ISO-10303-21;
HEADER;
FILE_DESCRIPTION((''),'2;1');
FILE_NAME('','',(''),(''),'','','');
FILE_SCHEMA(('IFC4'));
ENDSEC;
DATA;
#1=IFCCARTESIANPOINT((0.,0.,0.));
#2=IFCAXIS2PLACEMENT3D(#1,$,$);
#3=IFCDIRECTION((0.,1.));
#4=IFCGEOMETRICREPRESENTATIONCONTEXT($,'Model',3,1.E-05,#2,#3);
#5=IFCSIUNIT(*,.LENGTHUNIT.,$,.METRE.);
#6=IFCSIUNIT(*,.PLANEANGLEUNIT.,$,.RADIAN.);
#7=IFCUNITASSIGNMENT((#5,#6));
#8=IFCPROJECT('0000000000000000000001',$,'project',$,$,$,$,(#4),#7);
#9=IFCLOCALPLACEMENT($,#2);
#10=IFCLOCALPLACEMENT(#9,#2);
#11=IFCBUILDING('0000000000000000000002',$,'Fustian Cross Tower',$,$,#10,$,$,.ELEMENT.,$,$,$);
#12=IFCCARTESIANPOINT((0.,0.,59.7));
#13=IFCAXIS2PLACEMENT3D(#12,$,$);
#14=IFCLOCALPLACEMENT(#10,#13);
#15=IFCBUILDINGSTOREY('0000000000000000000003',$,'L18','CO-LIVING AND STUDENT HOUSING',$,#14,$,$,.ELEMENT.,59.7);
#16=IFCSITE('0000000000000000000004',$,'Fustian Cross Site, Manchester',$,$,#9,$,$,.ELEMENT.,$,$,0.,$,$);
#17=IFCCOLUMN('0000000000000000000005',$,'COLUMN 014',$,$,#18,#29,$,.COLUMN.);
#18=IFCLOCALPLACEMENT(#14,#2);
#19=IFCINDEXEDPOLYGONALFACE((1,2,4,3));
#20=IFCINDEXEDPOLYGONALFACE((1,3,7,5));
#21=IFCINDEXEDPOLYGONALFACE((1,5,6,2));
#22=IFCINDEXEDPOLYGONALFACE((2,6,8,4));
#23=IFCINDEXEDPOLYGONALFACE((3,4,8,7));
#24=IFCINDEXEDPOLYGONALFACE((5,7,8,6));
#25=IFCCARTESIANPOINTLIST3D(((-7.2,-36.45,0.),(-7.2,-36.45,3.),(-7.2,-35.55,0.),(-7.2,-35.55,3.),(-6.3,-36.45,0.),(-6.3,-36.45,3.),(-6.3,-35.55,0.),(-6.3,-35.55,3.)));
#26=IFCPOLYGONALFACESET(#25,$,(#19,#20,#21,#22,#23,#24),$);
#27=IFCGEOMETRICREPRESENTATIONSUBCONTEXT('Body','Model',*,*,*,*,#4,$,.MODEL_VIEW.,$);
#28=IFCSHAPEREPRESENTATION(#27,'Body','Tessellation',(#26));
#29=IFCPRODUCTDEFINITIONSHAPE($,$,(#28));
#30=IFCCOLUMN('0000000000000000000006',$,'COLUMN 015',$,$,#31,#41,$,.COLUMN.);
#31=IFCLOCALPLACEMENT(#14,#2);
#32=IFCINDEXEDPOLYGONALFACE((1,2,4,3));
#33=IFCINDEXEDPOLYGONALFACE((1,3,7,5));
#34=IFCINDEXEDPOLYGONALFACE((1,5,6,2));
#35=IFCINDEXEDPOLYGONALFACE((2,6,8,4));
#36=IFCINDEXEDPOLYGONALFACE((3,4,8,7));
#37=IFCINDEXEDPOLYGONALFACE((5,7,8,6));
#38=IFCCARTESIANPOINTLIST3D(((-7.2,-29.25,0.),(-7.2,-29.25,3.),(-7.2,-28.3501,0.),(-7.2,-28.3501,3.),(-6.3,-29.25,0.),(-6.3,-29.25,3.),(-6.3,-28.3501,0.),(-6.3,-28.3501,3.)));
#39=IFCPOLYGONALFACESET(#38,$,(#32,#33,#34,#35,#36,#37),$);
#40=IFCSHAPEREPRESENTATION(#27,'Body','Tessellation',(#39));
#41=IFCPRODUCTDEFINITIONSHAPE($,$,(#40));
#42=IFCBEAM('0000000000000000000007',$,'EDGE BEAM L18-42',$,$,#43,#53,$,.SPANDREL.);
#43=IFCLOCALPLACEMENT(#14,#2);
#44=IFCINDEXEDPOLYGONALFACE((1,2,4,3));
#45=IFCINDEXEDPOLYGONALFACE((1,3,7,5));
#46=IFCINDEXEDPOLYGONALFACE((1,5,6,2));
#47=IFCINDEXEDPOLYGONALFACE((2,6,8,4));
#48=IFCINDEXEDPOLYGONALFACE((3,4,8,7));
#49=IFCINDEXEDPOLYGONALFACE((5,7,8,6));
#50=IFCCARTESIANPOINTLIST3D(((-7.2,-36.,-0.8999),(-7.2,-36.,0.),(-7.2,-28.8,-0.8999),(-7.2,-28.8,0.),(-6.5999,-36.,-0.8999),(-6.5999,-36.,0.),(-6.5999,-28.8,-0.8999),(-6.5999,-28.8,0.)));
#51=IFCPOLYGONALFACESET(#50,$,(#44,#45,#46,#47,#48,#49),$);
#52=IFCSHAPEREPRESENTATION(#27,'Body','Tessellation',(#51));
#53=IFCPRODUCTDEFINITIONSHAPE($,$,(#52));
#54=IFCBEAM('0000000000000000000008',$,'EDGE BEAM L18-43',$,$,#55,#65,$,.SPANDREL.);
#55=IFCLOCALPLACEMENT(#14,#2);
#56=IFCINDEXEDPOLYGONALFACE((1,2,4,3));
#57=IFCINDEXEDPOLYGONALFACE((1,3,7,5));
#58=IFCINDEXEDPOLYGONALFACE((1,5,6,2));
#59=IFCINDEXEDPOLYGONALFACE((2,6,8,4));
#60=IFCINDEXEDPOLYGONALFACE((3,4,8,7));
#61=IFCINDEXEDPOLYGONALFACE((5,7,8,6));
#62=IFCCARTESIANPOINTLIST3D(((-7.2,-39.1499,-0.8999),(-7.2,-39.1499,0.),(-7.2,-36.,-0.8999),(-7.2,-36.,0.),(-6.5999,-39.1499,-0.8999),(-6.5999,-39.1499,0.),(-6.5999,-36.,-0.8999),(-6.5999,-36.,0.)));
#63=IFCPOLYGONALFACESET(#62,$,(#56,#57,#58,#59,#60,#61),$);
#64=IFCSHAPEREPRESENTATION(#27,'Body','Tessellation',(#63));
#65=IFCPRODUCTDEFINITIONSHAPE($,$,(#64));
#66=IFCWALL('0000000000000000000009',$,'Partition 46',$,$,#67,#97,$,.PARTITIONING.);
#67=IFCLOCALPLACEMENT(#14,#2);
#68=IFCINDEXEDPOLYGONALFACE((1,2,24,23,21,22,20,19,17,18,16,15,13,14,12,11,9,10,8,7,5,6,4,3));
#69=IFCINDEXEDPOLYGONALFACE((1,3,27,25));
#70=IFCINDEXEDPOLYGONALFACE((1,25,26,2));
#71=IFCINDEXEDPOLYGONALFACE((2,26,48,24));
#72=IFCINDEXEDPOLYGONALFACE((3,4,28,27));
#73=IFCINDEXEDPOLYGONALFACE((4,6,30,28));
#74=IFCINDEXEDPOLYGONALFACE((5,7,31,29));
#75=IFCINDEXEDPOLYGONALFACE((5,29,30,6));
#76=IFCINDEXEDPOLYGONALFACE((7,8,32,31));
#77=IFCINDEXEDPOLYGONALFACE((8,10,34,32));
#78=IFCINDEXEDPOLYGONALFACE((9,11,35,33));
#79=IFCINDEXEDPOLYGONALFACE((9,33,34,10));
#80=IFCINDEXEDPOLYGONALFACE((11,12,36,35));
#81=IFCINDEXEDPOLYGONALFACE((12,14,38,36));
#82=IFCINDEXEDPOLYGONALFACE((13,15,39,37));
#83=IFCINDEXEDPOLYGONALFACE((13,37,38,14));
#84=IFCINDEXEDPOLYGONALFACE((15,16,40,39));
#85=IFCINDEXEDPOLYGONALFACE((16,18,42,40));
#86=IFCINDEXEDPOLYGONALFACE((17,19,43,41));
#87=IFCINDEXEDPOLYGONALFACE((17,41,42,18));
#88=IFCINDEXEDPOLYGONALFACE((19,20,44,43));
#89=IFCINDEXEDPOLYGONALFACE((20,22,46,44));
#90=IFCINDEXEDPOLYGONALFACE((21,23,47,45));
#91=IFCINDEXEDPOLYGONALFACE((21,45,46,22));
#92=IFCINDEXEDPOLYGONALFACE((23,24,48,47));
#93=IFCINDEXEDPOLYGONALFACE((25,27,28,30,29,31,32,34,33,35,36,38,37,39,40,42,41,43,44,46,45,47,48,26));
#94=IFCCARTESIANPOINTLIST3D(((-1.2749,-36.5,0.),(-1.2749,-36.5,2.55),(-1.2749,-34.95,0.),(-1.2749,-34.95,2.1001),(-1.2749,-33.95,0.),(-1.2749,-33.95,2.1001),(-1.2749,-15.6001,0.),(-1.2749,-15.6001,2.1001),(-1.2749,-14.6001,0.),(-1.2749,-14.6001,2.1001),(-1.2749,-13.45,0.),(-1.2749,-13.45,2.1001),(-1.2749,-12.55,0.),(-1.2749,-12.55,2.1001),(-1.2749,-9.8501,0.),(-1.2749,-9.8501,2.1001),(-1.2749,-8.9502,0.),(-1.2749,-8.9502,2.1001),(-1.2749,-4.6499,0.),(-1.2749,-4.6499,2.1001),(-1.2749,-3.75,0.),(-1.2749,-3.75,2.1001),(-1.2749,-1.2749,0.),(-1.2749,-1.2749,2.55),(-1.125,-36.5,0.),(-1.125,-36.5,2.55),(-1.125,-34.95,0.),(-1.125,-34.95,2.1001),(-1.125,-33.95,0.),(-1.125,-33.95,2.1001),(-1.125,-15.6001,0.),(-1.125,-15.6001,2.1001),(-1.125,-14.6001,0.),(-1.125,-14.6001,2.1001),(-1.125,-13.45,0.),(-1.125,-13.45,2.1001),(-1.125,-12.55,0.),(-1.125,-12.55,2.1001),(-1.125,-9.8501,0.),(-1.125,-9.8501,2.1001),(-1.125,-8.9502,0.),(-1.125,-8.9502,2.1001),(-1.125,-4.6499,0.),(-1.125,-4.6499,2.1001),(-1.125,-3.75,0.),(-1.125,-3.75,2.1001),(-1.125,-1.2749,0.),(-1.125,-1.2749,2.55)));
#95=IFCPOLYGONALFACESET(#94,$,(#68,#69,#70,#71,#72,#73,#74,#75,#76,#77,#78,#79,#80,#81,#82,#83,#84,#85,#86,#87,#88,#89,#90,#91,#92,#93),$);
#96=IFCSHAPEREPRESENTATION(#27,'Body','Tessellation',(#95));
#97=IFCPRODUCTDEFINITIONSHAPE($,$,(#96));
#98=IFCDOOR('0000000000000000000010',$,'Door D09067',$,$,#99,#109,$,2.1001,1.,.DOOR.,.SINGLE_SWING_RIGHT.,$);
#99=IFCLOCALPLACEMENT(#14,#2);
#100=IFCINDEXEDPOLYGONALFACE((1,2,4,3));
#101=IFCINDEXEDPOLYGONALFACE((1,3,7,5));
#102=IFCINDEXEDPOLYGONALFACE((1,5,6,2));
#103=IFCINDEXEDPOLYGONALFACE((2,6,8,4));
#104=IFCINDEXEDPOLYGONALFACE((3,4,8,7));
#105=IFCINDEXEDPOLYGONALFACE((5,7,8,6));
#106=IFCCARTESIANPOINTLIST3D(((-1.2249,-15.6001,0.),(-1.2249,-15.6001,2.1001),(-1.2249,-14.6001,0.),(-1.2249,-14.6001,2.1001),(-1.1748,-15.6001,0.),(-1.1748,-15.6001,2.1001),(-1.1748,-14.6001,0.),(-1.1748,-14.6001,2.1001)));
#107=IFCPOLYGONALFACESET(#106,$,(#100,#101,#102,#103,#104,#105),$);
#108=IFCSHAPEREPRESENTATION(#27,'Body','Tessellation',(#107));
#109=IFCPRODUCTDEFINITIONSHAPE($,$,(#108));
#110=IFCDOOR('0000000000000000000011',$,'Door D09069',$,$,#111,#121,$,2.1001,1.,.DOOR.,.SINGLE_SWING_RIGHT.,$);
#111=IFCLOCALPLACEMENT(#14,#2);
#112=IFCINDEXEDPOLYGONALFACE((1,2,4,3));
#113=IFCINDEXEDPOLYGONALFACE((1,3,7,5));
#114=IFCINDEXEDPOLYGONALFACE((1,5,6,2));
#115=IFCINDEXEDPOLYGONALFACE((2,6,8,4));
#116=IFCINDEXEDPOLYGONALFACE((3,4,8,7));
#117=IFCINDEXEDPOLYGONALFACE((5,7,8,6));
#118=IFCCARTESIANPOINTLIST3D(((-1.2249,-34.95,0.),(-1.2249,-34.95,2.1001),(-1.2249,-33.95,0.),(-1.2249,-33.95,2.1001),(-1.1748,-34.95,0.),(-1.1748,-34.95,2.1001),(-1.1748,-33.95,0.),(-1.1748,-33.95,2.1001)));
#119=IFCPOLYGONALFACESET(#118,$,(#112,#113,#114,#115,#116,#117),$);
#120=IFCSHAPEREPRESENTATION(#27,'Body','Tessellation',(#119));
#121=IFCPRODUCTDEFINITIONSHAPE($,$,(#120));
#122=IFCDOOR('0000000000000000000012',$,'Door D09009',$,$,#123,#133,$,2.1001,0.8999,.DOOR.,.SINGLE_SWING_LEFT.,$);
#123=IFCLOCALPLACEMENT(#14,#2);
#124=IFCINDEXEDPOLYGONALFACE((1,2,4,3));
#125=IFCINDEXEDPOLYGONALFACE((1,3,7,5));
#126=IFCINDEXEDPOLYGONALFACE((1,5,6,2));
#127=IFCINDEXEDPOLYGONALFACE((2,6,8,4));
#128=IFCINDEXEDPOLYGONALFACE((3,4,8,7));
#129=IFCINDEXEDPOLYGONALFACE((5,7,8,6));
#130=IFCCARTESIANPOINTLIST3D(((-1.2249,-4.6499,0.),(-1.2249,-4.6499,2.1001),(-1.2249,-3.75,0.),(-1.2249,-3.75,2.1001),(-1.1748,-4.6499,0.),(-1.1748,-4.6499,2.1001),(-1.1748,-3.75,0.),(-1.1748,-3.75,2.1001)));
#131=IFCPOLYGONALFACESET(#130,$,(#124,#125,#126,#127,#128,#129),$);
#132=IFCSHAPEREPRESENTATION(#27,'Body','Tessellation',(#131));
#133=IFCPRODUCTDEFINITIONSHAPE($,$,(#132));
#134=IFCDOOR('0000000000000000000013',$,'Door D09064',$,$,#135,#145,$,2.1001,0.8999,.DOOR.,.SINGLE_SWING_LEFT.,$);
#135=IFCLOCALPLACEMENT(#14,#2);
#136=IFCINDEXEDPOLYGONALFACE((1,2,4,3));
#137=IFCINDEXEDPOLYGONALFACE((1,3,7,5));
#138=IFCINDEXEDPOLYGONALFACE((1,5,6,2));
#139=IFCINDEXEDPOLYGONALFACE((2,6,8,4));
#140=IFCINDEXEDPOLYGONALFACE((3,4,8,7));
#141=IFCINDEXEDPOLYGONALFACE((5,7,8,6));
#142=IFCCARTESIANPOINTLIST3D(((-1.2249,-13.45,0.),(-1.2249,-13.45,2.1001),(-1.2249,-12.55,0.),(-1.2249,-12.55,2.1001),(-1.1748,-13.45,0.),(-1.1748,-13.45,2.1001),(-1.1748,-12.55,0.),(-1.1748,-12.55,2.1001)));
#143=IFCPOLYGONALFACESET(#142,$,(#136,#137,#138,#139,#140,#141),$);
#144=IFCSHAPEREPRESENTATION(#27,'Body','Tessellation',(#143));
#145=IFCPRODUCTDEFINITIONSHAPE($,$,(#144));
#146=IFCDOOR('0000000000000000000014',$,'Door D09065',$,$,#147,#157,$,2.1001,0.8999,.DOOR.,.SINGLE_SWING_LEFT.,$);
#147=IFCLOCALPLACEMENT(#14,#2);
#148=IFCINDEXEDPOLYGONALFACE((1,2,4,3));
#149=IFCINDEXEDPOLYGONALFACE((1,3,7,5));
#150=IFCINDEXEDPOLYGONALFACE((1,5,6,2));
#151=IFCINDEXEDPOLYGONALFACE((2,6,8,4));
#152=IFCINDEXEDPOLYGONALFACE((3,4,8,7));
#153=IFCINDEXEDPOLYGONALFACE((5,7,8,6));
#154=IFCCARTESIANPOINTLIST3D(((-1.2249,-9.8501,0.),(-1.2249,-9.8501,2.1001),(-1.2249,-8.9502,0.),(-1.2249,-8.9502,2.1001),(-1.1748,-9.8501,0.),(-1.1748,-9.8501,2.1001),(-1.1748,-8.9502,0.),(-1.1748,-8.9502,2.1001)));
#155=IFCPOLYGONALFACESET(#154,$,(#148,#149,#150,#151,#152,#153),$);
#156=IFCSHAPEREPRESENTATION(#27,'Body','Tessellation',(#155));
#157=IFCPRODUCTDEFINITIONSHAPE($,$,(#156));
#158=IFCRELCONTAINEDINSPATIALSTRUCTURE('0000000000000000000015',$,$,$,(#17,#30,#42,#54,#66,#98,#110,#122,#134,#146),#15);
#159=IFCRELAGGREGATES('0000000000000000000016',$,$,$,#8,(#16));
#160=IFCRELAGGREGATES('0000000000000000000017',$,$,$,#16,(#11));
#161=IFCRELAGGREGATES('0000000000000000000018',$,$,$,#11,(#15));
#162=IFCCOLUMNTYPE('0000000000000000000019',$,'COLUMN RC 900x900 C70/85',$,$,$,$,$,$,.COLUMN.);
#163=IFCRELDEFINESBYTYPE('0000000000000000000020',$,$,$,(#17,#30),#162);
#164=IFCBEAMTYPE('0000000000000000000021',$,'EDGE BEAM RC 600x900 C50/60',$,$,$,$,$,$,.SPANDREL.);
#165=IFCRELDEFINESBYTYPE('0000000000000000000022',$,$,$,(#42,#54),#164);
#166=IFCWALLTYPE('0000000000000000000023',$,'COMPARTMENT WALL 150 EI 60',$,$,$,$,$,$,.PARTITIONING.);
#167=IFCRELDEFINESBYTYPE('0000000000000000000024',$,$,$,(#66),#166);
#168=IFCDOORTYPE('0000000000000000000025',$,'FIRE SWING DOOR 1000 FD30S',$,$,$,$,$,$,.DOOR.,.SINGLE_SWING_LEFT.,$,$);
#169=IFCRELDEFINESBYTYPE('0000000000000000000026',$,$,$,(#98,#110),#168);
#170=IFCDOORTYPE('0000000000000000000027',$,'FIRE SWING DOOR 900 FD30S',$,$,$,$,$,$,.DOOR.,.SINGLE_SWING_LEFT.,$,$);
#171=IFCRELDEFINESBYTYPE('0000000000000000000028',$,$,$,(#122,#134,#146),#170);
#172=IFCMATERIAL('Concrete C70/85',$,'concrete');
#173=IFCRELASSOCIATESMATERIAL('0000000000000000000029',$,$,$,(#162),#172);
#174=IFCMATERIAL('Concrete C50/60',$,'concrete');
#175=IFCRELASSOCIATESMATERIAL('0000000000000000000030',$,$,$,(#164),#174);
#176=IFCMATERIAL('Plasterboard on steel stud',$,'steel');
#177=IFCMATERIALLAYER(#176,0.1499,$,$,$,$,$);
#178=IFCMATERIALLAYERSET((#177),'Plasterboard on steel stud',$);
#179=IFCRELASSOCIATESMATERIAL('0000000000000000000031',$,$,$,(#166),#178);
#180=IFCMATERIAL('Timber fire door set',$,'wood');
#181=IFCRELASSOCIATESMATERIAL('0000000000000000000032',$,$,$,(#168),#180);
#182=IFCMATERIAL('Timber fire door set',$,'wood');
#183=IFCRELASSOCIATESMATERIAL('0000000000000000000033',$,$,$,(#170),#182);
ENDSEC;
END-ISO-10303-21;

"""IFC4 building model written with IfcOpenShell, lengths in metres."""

from ifc_helpers import new_model, si_unit, direction, frame, frame_2d, origin, origin_2d, place, context, subcontext, project, spatial, rectangle, extrude, material, layer, layer_set, material_profile, profile_set, type_object, element, fill, save


model = new_model("IFC4")

# Units and contexts
model_context = context("Model", 3, precision=1e-05, world=origin(), true_north=direction((0.0, 1.0)))
body_context = subcontext(model_context, "Body", "Model", "MODEL_VIEW")
ifc_project = project(units=[si_unit("LENGTHUNIT", "METRE"), si_unit("PLANEANGLEUNIT", "RADIAN")], contexts=[model_context])

# Site, building, storey
site_placement = place(None, origin())
site = spatial("IfcSite", under=ifc_project, at=site_placement, Name="Fustian Cross Site, Manchester", CompositionType="ELEMENT", RefElevation=0.0)
building_placement = place(site_placement, origin())
building = spatial("IfcBuilding", under=site, at=building_placement, Name="Fustian Cross Tower", CompositionType="ELEMENT")
storey_placement = place(building_placement, frame((0.0, 0.0, 59.7)))
storey = spatial("IfcBuildingStorey", under=building, at=storey_placement, Name="L18", Description="CO-LIVING AND STUDENT HOUSING", CompositionType="ELEMENT", Elevation=59.7)

# Columns
ifc_material_1 = material(Name="Concrete C70/85", Category="concrete")
ifc_material_profile_1 = material_profile(ifc_material_1, rectangle(XDim=0.8999, YDim=0.8999, at=origin_2d()), Name="RC 900x900")
ifc_profile_set_1 = profile_set([ifc_material_profile_1], Name="Concrete C70/85")
column_type = type_object("IfcColumnType", Name="COLUMN RC 900x900 C70/85", PredefinedType="COLUMN", material=ifc_profile_set_1)
for number, where, z_axis, x_axis, name in (
    (1, (-6.75, -36.0, 0.0), (0.0, 0.0, 1.0), (1.0, 0.0, 0.0), "COLUMN 014"),
    (2, (-6.75, -28.8, 0.0), (0.0, 0.0, 1.0), (1.0, 0.0, 0.0), "COLUMN 015"),
):
    element("IfcColumn", number, at=place(storey_placement, frame(where, z_axis=z_axis, x_axis=x_axis)), inside=storey, type_object=column_type, Name=name, PredefinedType="COLUMN", context=body_context, shape_type="SweptSolid", body=[
        extrude(rectangle(XDim=0.8999, YDim=0.8999, at=origin_2d()), origin(), (0.0, 0.0, 1.0), 3.0),
    ])

# Beams
ifc_material_2 = material(Name="Concrete C50/60", Category="concrete")
ifc_material_profile_2 = material_profile(ifc_material_2, rectangle(XDim=0.6001, YDim=0.8999, at=origin_2d()), Name="RC 600x900")
ifc_profile_set_2 = profile_set([ifc_material_profile_2], Name="Concrete C50/60")
beam_type = type_object("IfcBeamType", Name="EDGE BEAM RC 600x900 C50/60", PredefinedType="SPANDREL", material=ifc_profile_set_2)
beam_1_placement = place(storey_placement, frame((-6.8999, -28.8, -0.45), z_axis=(0.0, -1.0, 0.0), x_axis=(1.0, 0.0, 0.0)))
element("IfcBeam", 3, at=beam_1_placement, inside=storey, type_object=beam_type, Name="EDGE BEAM L18-42", PredefinedType="SPANDREL", context=body_context, shape_type="SweptSolid", body=[
    extrude(rectangle(XDim=0.6001, YDim=0.8999, at=origin_2d()), origin(), (0.0, 0.0, 1.0), 7.2),
])
beam_2_placement = place(storey_placement, frame((-6.8999, -36.0, -0.45), z_axis=(0.0, -1.0, 0.0), x_axis=(1.0, 0.0, 0.0)))
element("IfcBeam", 4, at=beam_2_placement, inside=storey, type_object=beam_type, Name="EDGE BEAM L18-43", PredefinedType="SPANDREL", context=body_context, shape_type="SweptSolid", body=[
    extrude(rectangle(XDim=0.6001, YDim=0.8999, at=origin_2d()), origin(), (0.0, 0.0, 1.0), 3.1499),
])

# Wall, openings, doors
ifc_material_3 = material(Name="Plasterboard on steel stud", Category="steel")
ifc_layer_1 = layer(ifc_material_3, 0.1499)
ifc_layer_set_1 = layer_set([ifc_layer_1], Name="Plasterboard on steel stud")
wall_type_1 = type_object("IfcWallType", Name="COMPARTMENT WALL 150 EI 60", PredefinedType="PARTITIONING", material=ifc_layer_set_1)
wall_1_placement = place(storey_placement, frame((-1.2, -36.5, 0.0), z_axis=(0.0, 0.0, 1.0), x_axis=(0.0, 1.0, 0.0)))
wall_1 = element("IfcWall", 5, at=wall_1_placement, inside=storey, type_object=wall_type_1, Name="Partition 46", PredefinedType="PARTITIONING", context=body_context, shape_type="SweptSolid", body=[
    extrude(rectangle(XDim=35.2251, YDim=0.1499, at=frame_2d((17.6125, 0.0))), origin(), (0.0, 0.0, 1.0), 2.55),
])
opening_1_placement = place(wall_1_placement, frame((31.8501, 0.0, 0.0)))
opening_1 = element("IfcOpeningElement", 6, at=opening_1_placement, cuts=wall_1, PredefinedType="OPENING", context=body_context, shape_type="SweptSolid", body=[
    extrude(rectangle(XDim=0.8999, YDim=2.1001, at=frame_2d((0.45, 1.05))), frame((0.0, 0.085, 0.0), z_axis=(0.0, -1.0, 0.0), x_axis=(1.0, 0.0, 0.0)), (0.0, 0.0, 1.0), 0.1699),
])
opening_2_placement = place(wall_1_placement, frame((23.05, 0.0, 0.0)))
opening_2 = element("IfcOpeningElement", 7, at=opening_2_placement, cuts=wall_1, PredefinedType="OPENING", context=body_context, shape_type="SweptSolid", body=[
    extrude(rectangle(XDim=0.8999, YDim=2.1001, at=frame_2d((0.45, 1.05))), frame((0.0, 0.085, 0.0), z_axis=(0.0, -1.0, 0.0), x_axis=(1.0, 0.0, 0.0)), (0.0, 0.0, 1.0), 0.1699),
])
opening_3_placement = place(wall_1_placement, frame((26.6499, 0.0, 0.0)))
opening_3 = element("IfcOpeningElement", 8, at=opening_3_placement, cuts=wall_1, PredefinedType="OPENING", context=body_context, shape_type="SweptSolid", body=[
    extrude(rectangle(XDim=0.8999, YDim=2.1001, at=frame_2d((0.45, 1.05))), frame((0.0, 0.085, 0.0), z_axis=(0.0, -1.0, 0.0), x_axis=(1.0, 0.0, 0.0)), (0.0, 0.0, 1.0), 0.1699),
])
opening_4_placement = place(wall_1_placement, frame((20.8999, 0.0, 0.0)))
opening_4 = element("IfcOpeningElement", 9, at=opening_4_placement, cuts=wall_1, PredefinedType="OPENING", context=body_context, shape_type="SweptSolid", body=[
    extrude(rectangle(XDim=1.0, YDim=2.1001, at=frame_2d((0.5, 1.05))), frame((0.0, 0.085, 0.0), z_axis=(0.0, -1.0, 0.0), x_axis=(1.0, 0.0, 0.0)), (0.0, 0.0, 1.0), 0.1699),
])
opening_5_placement = place(wall_1_placement, frame((1.55, 0.0, 0.0)))
opening_5 = element("IfcOpeningElement", 10, at=opening_5_placement, cuts=wall_1, PredefinedType="OPENING", context=body_context, shape_type="SweptSolid", body=[
    extrude(rectangle(XDim=1.0, YDim=2.1001, at=frame_2d((0.5, 1.05))), frame((0.0, 0.085, 0.0), z_axis=(0.0, -1.0, 0.0), x_axis=(1.0, 0.0, 0.0)), (0.0, 0.0, 1.0), 0.1699),
])
ifc_material_4 = material(Name="Timber fire door set", Category="wood")
door_type_1 = type_object("IfcDoorType", Name="FIRE SWING DOOR 1000 FD30S", OperationType="SINGLE_SWING_LEFT", PredefinedType="DOOR", material=ifc_material_4)
door_1_placement = place(opening_4_placement, origin())
door_1 = element("IfcDoor", 11, at=door_1_placement, inside=storey, type_object=door_type_1, Name="Door D09067", OperationType="SINGLE_SWING_RIGHT", OverallHeight=2.1001, OverallWidth=1.0, PredefinedType="DOOR", context=body_context, shape_type="SweptSolid", body=[
    extrude(rectangle(XDim=1.0, YDim=2.1001, at=frame_2d((0.5, 1.05))), frame((0.0, 0.0249, 0.0), z_axis=(0.0, -1.0, 0.0), x_axis=(1.0, 0.0, 0.0)), (0.0, 0.0, 1.0), 0.05),
])
fill(opening_4, door_1)
door_2_placement = place(opening_5_placement, origin())
door_2 = element("IfcDoor", 12, at=door_2_placement, inside=storey, type_object=door_type_1, Name="Door D09069", OperationType="SINGLE_SWING_RIGHT", OverallHeight=2.1001, OverallWidth=1.0, PredefinedType="DOOR", context=body_context, shape_type="SweptSolid", body=[
    extrude(rectangle(XDim=1.0, YDim=2.1001, at=frame_2d((0.5, 1.05))), frame((0.0, 0.0249, 0.0), z_axis=(0.0, -1.0, 0.0), x_axis=(1.0, 0.0, 0.0)), (0.0, 0.0, 1.0), 0.05),
])
fill(opening_5, door_2)
ifc_material_5 = material(Name="Timber fire door set", Category="wood")
door_type_2 = type_object("IfcDoorType", Name="FIRE SWING DOOR 900 FD30S", OperationType="SINGLE_SWING_LEFT", PredefinedType="DOOR", material=ifc_material_5)
door_3_placement = place(opening_1_placement, origin())
door_3 = element("IfcDoor", 13, at=door_3_placement, inside=storey, type_object=door_type_2, Name="Door D09009", OperationType="SINGLE_SWING_LEFT", OverallHeight=2.1001, OverallWidth=0.8999, PredefinedType="DOOR", context=body_context, shape_type="SweptSolid", body=[
    extrude(rectangle(XDim=0.8999, YDim=2.1001, at=frame_2d((0.45, 1.05))), frame((0.0, 0.0249, 0.0), z_axis=(0.0, -1.0, 0.0), x_axis=(1.0, 0.0, 0.0)), (0.0, 0.0, 1.0), 0.05),
])
fill(opening_1, door_3)
door_4_placement = place(opening_2_placement, origin())
door_4 = element("IfcDoor", 14, at=door_4_placement, inside=storey, type_object=door_type_2, Name="Door D09064", OperationType="SINGLE_SWING_LEFT", OverallHeight=2.1001, OverallWidth=0.8999, PredefinedType="DOOR", context=body_context, shape_type="SweptSolid", body=[
    extrude(rectangle(XDim=0.8999, YDim=2.1001, at=frame_2d((0.45, 1.05))), frame((0.0, 0.0249, 0.0), z_axis=(0.0, -1.0, 0.0), x_axis=(1.0, 0.0, 0.0)), (0.0, 0.0, 1.0), 0.05),
])
fill(opening_2, door_4)
door_5_placement = place(opening_3_placement, origin())
door_5 = element("IfcDoor", 15, at=door_5_placement, inside=storey, type_object=door_type_2, Name="Door D09065", OperationType="SINGLE_SWING_LEFT", OverallHeight=2.1001, OverallWidth=0.8999, PredefinedType="DOOR", context=body_context, shape_type="SweptSolid", body=[
    extrude(rectangle(XDim=0.8999, YDim=2.1001, at=frame_2d((0.45, 1.05))), frame((0.0, 0.0249, 0.0), z_axis=(0.0, -1.0, 0.0), x_axis=(1.0, 0.0, 0.0)), (0.0, 0.0, 1.0), 0.05),
])
fill(opening_3, door_5)

save(model, "model.ifc")
